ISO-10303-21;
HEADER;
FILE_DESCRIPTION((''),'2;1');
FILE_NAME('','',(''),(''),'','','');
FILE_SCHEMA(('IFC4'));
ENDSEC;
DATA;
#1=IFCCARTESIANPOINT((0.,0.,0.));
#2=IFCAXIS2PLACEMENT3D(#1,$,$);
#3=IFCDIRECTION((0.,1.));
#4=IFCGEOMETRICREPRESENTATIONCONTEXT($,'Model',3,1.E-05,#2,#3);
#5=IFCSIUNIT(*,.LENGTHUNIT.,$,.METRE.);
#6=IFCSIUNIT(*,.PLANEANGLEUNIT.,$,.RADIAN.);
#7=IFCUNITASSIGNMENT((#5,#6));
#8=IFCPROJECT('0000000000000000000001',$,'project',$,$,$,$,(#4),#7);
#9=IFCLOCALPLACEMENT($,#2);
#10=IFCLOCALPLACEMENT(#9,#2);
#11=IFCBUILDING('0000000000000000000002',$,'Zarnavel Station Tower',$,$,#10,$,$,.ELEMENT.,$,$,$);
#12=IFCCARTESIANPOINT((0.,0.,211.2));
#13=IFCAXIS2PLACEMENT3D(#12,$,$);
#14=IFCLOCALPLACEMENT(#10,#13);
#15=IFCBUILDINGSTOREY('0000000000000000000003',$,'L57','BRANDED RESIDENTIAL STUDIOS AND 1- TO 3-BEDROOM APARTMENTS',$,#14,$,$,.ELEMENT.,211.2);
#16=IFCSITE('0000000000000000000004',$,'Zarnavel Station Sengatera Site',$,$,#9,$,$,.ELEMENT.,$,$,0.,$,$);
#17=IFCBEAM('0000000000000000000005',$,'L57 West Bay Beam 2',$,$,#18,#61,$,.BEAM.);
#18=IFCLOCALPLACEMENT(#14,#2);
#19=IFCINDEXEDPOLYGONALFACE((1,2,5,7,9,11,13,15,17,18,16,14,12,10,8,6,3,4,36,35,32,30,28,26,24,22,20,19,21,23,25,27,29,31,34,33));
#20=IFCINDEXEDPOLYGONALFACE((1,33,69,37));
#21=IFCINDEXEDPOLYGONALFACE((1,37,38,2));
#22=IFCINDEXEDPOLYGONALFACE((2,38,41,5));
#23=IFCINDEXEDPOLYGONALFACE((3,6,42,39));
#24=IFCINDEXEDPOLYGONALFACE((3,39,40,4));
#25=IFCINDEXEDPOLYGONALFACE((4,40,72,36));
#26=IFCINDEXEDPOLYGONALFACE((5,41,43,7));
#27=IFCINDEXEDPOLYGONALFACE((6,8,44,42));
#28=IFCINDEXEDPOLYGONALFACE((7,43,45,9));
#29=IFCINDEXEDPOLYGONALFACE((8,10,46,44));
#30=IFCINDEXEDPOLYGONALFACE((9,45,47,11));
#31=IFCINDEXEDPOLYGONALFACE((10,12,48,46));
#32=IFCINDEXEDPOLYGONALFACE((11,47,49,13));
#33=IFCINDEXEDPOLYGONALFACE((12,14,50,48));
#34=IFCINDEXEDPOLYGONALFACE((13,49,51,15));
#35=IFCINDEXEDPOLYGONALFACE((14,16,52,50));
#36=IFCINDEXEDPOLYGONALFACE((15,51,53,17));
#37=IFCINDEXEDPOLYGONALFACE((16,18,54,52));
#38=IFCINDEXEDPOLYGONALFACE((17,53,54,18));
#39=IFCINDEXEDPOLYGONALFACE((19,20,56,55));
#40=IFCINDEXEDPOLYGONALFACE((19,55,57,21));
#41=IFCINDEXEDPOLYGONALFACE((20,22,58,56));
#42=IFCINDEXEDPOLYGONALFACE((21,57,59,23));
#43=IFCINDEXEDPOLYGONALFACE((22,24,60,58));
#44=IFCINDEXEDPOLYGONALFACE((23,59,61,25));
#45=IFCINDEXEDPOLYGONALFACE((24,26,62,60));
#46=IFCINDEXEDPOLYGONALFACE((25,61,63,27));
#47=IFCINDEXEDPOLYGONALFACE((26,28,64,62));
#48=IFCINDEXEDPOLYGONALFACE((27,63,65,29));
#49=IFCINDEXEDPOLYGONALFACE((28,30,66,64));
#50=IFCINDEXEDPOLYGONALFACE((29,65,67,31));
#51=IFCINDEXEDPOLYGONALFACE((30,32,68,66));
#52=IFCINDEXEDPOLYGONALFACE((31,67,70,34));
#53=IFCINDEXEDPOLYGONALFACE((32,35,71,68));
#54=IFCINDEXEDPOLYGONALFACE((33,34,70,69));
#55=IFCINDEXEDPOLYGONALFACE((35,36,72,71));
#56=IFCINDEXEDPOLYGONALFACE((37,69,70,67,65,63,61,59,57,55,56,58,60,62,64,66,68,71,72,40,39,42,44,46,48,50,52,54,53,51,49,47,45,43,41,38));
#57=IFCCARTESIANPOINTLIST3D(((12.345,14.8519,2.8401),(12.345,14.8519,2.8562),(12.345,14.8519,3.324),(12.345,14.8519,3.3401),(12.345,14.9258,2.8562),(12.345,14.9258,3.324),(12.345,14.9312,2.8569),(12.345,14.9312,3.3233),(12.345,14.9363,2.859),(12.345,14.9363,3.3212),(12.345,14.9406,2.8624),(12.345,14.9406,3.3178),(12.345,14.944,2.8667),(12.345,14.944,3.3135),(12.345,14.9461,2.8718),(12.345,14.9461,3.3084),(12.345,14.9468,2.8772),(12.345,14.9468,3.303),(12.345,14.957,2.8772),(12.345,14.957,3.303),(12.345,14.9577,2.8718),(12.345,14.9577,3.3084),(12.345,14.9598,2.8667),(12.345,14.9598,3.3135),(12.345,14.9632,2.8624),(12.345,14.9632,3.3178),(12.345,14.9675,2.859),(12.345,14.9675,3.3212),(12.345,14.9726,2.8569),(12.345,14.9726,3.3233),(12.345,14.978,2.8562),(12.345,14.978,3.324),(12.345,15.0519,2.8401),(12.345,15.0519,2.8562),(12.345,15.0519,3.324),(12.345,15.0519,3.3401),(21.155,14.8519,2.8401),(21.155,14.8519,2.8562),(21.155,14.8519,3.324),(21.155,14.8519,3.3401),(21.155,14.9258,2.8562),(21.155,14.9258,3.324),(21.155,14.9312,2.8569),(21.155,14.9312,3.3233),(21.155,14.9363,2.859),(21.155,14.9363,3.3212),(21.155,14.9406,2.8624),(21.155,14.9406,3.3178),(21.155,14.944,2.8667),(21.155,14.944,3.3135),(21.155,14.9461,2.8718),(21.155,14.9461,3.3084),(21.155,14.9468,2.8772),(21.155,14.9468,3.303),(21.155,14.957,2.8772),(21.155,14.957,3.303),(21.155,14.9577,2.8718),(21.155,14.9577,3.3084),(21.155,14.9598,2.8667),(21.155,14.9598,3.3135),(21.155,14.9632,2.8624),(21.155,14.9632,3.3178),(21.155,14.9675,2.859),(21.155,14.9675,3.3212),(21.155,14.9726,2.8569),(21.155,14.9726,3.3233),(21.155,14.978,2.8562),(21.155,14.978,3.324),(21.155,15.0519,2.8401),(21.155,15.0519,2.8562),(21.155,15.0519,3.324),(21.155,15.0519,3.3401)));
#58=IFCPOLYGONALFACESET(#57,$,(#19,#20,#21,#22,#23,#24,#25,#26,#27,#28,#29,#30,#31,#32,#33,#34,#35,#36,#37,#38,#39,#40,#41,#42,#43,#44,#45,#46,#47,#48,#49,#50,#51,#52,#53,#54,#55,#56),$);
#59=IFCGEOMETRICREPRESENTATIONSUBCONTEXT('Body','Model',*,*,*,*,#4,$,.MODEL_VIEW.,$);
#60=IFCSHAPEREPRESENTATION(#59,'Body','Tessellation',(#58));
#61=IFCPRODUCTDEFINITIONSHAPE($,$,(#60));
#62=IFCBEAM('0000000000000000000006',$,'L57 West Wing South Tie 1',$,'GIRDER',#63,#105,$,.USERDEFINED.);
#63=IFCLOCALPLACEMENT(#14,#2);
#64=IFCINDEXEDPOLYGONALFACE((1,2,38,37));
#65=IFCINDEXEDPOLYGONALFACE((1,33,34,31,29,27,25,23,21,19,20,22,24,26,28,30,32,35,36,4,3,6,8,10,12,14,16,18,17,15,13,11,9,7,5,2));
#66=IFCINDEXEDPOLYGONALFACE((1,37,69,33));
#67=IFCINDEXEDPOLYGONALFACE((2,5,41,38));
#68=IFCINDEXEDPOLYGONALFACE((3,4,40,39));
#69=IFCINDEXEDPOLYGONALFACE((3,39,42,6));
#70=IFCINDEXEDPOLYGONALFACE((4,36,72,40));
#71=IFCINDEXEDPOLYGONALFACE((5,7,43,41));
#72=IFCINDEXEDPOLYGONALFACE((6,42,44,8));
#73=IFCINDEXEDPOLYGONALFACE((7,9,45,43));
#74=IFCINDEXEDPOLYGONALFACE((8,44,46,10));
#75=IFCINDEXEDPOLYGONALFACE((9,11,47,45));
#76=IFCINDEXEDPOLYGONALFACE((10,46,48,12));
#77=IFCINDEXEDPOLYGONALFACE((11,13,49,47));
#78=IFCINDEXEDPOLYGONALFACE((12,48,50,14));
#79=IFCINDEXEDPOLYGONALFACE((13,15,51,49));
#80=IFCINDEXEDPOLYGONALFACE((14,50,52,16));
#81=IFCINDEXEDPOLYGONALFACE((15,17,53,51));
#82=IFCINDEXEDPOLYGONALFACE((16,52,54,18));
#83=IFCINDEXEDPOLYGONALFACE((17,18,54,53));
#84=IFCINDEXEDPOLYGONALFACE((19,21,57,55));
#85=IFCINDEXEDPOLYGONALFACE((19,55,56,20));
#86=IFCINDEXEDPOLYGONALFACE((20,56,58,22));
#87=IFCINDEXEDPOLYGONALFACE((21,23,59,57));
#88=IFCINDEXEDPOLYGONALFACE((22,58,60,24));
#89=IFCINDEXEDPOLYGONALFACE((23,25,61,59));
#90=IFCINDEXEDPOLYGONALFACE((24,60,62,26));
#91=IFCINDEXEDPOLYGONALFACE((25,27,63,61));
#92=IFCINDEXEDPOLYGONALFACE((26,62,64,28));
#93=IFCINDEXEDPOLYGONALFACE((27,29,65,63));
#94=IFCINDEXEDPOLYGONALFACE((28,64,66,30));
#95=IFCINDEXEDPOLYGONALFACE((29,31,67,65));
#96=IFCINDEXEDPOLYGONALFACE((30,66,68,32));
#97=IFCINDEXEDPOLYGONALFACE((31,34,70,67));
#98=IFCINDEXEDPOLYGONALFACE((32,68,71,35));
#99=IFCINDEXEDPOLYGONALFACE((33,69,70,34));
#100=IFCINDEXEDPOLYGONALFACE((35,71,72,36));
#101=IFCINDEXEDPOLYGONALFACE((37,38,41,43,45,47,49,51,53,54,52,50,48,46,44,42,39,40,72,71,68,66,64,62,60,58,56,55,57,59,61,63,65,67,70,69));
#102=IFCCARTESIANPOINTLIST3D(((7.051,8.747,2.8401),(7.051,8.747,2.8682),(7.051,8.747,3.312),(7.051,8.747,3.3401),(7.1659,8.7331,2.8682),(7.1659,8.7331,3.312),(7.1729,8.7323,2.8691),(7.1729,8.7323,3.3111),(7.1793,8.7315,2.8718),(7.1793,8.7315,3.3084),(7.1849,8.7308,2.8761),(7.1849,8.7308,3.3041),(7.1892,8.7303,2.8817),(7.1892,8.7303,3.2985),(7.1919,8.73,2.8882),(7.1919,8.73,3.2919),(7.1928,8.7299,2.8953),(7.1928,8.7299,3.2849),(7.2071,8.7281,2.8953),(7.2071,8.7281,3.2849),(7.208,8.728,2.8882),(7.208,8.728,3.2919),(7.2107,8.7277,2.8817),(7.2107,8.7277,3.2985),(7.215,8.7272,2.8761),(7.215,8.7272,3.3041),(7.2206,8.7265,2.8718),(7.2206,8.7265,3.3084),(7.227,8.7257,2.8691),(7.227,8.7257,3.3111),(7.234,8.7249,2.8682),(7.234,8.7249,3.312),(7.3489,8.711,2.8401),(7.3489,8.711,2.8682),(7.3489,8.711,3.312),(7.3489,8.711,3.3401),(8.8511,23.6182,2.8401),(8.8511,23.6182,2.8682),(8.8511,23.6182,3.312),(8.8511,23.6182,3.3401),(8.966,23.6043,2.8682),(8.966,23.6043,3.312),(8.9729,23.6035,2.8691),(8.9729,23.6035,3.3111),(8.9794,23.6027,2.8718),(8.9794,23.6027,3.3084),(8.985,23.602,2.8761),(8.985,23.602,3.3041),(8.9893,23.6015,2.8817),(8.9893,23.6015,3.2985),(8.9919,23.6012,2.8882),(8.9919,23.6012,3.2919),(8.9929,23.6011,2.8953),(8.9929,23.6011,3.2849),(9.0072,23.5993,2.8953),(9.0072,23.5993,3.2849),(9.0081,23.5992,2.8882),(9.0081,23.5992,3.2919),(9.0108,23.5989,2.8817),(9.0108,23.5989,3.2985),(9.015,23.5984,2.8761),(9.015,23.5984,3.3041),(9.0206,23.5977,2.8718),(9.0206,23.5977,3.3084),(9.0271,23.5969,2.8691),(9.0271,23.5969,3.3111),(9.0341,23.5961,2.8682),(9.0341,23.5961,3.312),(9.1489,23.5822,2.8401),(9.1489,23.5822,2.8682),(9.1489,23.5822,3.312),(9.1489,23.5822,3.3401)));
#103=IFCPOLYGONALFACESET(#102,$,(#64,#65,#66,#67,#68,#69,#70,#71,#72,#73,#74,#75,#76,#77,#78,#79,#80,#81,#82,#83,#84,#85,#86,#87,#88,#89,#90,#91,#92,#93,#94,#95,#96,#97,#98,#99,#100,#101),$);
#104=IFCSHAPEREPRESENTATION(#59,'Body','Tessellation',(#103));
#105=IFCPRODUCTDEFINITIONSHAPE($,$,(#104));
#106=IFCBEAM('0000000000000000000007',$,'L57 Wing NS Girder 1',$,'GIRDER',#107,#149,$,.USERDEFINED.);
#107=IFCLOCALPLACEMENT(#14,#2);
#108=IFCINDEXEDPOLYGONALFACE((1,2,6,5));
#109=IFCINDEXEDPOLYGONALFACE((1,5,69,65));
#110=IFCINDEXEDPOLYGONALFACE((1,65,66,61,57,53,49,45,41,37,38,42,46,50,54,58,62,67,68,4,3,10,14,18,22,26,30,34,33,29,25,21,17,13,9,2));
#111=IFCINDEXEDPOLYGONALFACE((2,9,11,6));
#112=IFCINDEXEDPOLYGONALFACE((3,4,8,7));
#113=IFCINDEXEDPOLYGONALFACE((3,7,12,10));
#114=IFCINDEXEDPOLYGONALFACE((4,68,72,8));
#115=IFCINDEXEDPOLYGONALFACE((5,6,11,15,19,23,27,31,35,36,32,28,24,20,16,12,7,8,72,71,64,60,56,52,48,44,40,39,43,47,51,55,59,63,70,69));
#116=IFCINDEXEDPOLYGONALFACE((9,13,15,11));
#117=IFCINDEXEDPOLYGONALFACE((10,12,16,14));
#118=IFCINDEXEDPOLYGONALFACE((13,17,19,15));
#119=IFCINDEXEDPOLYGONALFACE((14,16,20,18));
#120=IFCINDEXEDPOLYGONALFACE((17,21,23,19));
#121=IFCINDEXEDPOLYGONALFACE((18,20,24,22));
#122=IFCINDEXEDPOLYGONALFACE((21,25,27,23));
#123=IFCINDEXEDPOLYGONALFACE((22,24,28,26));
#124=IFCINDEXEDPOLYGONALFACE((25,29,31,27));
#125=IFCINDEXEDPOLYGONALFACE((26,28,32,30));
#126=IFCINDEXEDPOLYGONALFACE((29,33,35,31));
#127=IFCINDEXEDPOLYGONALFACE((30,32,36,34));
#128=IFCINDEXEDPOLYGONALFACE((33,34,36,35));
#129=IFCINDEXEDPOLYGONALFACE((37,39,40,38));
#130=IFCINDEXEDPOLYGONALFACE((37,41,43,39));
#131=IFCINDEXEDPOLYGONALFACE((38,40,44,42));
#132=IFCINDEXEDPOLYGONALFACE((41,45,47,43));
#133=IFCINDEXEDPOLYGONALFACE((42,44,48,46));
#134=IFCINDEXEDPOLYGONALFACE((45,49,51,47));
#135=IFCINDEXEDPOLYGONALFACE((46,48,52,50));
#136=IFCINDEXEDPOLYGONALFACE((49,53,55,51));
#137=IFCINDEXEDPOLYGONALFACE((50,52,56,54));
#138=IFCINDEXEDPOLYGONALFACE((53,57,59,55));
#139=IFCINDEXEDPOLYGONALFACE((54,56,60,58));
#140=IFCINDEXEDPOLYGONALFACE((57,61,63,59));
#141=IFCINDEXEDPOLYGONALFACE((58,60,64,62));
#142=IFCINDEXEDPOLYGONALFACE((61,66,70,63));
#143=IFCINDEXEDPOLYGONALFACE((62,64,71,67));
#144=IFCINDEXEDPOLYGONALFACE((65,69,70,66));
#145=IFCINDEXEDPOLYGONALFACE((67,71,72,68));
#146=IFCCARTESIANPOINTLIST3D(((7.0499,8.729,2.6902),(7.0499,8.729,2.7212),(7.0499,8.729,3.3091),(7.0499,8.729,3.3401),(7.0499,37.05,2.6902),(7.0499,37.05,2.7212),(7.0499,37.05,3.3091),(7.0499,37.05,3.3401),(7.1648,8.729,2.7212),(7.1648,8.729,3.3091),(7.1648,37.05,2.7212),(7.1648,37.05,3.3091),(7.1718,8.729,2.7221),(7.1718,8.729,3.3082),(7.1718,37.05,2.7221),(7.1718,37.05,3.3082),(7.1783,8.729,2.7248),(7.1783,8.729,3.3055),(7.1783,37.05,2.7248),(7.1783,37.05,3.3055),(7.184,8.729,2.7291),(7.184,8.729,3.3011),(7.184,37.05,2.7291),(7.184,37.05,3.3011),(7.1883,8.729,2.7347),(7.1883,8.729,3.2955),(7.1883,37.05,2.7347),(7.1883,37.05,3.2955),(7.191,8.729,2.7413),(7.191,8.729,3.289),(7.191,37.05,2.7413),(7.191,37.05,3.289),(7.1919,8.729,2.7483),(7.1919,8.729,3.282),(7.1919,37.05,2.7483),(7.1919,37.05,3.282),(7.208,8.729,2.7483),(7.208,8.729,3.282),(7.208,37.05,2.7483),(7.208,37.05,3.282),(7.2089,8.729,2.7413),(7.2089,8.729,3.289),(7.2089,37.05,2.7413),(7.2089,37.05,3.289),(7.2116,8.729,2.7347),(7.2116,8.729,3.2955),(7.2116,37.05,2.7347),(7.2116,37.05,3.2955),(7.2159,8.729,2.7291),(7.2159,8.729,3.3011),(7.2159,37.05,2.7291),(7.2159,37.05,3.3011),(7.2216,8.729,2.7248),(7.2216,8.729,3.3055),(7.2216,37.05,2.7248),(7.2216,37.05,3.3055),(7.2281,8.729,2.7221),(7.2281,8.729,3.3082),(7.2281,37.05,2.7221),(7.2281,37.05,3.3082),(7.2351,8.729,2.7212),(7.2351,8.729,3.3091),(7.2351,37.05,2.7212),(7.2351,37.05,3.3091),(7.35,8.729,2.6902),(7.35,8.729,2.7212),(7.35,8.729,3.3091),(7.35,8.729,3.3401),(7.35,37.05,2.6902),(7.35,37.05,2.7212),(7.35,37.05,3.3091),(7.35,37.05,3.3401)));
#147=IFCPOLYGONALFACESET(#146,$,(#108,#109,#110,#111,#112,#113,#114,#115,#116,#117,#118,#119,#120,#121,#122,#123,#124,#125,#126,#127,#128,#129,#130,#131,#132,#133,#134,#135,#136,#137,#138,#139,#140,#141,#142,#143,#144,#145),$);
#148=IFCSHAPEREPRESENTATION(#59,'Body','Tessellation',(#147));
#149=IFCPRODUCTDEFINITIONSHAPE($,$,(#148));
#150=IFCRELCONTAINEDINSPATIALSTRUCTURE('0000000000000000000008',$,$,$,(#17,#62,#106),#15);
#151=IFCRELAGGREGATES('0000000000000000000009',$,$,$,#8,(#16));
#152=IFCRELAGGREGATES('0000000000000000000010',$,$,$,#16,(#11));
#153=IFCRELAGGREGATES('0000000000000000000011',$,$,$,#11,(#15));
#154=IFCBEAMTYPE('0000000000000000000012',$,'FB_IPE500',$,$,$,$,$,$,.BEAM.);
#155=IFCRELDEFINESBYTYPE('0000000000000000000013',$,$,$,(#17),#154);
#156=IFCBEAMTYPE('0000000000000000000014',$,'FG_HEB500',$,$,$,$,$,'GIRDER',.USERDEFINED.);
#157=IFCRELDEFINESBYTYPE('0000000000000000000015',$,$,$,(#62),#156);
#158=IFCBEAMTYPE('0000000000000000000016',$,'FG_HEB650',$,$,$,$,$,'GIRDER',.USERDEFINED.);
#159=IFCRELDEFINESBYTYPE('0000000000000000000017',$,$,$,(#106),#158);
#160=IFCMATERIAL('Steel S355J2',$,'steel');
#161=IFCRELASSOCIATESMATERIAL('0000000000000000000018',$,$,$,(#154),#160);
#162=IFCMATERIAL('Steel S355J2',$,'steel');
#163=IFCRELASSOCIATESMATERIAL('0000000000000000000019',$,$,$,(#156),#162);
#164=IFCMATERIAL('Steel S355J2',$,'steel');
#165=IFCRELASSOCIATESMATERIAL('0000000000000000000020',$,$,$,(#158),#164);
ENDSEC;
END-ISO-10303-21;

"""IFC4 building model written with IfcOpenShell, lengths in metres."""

from ifc_helpers import new_model, si_unit, direction, frame, origin, origin_2d, place, context, subcontext, project, spatial, i_section, extrude, material, material_profile, profile_set, type_object, element, save


model = new_model("IFC4")

# Units and contexts
model_context = context("Model", 3, precision=1e-05, world=origin(), true_north=direction((0.0, 1.0)))
body_context = subcontext(model_context, "Body", "Model", "MODEL_VIEW")
ifc_project = project(units=[si_unit("LENGTHUNIT", "METRE"), si_unit("PLANEANGLEUNIT", "RADIAN")], contexts=[model_context])

# Site, building, storey
site_placement = place(None, origin())
site = spatial("IfcSite", under=ifc_project, at=site_placement, Name="Zarnavel Station Sengatera Site", CompositionType="ELEMENT", RefElevation=0.0)
building_placement = place(site_placement, origin())
building = spatial("IfcBuilding", under=site, at=building_placement, Name="Zarnavel Station Tower", CompositionType="ELEMENT")
storey_placement = place(building_placement, frame((0.0, 0.0, 211.2)))
storey = spatial("IfcBuildingStorey", under=building, at=storey_placement, Name="L57", Description="BRANDED RESIDENTIAL STUDIOS AND 1- TO 3-BEDROOM APARTMENTS", CompositionType="ELEMENT", Elevation=211.2)

# Beams
ifc_material_1 = material(Name="Steel S355J2", Category="steel")
ifc_material_profile_1 = material_profile(ifc_material_1, i_section(OverallWidth=0.2, OverallDepth=0.5, WebThickness=0.0103, FlangeThickness=0.0161, FilletRadius=0.021, at=origin_2d()), Name="IPE500")
ifc_profile_set_1 = profile_set([ifc_material_profile_1], Name="Steel S355J2")
beam_type_1 = type_object("IfcBeamType", Name="FB_IPE500", PredefinedType="BEAM", material=ifc_profile_set_1)
beam_1_placement = place(storey_placement, frame((12.345, 14.9519, 3.0901), z_axis=(1.0, 0.0, 0.0), x_axis=(0.0, 1.0, 0.0)))
element("IfcBeam", 1, at=beam_1_placement, inside=storey, type_object=beam_type_1, Name="L57 West Bay Beam 2", PredefinedType="BEAM", context=body_context, shape_type="SweptSolid", body=[
    extrude(i_section(OverallWidth=0.2, OverallDepth=0.5, WebThickness=0.0103, FlangeThickness=0.0161, FilletRadius=0.021, at=origin_2d()), origin(), (0.0, 0.0, 1.0), 8.8101),
])
ifc_material_2 = material(Name="Steel S355J2", Category="steel")
ifc_material_profile_2 = material_profile(ifc_material_2, i_section(OverallWidth=0.3, OverallDepth=0.5, WebThickness=0.0144, FlangeThickness=0.0281, FilletRadius=0.0271, at=origin_2d()), Name="HEB500")
ifc_profile_set_2 = profile_set([ifc_material_profile_2], Name="Steel S355J2")
beam_type_2 = type_object("IfcBeamType", Name="FG_HEB500", ElementType="GIRDER", PredefinedType="USERDEFINED", material=ifc_profile_set_2)
beam_2_placement = place(storey_placement, frame((7.2, 8.729, 3.0901), z_axis=(0.120166, 0.992754, 0.0), x_axis=(-0.992754, 0.120166, 0.0)))
element("IfcBeam", 2, at=beam_2_placement, inside=storey, type_object=beam_type_2, Name="L57 West Wing South Tie 1", ObjectType="GIRDER", PredefinedType="USERDEFINED", context=body_context, shape_type="SweptSolid", body=[
    extrude(i_section(OverallWidth=0.3, OverallDepth=0.5, WebThickness=0.0144, FlangeThickness=0.0281, FilletRadius=0.0271, at=origin_2d()), origin(), (0.0, 0.0, 1.0), 14.9797),
])
ifc_material_3 = material(Name="Steel S355J2", Category="steel")
ifc_material_profile_3 = material_profile(ifc_material_3, i_section(OverallWidth=0.3, OverallDepth=0.6499, WebThickness=0.0161, FlangeThickness=0.031, FilletRadius=0.0271, at=origin_2d()), Name="HEB650")
ifc_profile_set_3 = profile_set([ifc_material_profile_3], Name="Steel S355J2")
beam_type_3 = type_object("IfcBeamType", Name="FG_HEB650", ElementType="GIRDER", PredefinedType="USERDEFINED", material=ifc_profile_set_3)
beam_3_placement = place(storey_placement, frame((7.2, 8.729, 3.0151), z_axis=(0.0, 1.0, 0.0), x_axis=(-1.0, 0.0, 0.0)))
element("IfcBeam", 3, at=beam_3_placement, inside=storey, type_object=beam_type_3, Name="L57 Wing NS Girder 1", ObjectType="GIRDER", PredefinedType="USERDEFINED", context=body_context, shape_type="SweptSolid", body=[
    extrude(i_section(OverallWidth=0.3, OverallDepth=0.6499, WebThickness=0.0161, FlangeThickness=0.031, FilletRadius=0.0271, at=origin_2d()), origin(), (0.0, 0.0, 1.0), 28.321),
])

save(model, "model.ifc")
